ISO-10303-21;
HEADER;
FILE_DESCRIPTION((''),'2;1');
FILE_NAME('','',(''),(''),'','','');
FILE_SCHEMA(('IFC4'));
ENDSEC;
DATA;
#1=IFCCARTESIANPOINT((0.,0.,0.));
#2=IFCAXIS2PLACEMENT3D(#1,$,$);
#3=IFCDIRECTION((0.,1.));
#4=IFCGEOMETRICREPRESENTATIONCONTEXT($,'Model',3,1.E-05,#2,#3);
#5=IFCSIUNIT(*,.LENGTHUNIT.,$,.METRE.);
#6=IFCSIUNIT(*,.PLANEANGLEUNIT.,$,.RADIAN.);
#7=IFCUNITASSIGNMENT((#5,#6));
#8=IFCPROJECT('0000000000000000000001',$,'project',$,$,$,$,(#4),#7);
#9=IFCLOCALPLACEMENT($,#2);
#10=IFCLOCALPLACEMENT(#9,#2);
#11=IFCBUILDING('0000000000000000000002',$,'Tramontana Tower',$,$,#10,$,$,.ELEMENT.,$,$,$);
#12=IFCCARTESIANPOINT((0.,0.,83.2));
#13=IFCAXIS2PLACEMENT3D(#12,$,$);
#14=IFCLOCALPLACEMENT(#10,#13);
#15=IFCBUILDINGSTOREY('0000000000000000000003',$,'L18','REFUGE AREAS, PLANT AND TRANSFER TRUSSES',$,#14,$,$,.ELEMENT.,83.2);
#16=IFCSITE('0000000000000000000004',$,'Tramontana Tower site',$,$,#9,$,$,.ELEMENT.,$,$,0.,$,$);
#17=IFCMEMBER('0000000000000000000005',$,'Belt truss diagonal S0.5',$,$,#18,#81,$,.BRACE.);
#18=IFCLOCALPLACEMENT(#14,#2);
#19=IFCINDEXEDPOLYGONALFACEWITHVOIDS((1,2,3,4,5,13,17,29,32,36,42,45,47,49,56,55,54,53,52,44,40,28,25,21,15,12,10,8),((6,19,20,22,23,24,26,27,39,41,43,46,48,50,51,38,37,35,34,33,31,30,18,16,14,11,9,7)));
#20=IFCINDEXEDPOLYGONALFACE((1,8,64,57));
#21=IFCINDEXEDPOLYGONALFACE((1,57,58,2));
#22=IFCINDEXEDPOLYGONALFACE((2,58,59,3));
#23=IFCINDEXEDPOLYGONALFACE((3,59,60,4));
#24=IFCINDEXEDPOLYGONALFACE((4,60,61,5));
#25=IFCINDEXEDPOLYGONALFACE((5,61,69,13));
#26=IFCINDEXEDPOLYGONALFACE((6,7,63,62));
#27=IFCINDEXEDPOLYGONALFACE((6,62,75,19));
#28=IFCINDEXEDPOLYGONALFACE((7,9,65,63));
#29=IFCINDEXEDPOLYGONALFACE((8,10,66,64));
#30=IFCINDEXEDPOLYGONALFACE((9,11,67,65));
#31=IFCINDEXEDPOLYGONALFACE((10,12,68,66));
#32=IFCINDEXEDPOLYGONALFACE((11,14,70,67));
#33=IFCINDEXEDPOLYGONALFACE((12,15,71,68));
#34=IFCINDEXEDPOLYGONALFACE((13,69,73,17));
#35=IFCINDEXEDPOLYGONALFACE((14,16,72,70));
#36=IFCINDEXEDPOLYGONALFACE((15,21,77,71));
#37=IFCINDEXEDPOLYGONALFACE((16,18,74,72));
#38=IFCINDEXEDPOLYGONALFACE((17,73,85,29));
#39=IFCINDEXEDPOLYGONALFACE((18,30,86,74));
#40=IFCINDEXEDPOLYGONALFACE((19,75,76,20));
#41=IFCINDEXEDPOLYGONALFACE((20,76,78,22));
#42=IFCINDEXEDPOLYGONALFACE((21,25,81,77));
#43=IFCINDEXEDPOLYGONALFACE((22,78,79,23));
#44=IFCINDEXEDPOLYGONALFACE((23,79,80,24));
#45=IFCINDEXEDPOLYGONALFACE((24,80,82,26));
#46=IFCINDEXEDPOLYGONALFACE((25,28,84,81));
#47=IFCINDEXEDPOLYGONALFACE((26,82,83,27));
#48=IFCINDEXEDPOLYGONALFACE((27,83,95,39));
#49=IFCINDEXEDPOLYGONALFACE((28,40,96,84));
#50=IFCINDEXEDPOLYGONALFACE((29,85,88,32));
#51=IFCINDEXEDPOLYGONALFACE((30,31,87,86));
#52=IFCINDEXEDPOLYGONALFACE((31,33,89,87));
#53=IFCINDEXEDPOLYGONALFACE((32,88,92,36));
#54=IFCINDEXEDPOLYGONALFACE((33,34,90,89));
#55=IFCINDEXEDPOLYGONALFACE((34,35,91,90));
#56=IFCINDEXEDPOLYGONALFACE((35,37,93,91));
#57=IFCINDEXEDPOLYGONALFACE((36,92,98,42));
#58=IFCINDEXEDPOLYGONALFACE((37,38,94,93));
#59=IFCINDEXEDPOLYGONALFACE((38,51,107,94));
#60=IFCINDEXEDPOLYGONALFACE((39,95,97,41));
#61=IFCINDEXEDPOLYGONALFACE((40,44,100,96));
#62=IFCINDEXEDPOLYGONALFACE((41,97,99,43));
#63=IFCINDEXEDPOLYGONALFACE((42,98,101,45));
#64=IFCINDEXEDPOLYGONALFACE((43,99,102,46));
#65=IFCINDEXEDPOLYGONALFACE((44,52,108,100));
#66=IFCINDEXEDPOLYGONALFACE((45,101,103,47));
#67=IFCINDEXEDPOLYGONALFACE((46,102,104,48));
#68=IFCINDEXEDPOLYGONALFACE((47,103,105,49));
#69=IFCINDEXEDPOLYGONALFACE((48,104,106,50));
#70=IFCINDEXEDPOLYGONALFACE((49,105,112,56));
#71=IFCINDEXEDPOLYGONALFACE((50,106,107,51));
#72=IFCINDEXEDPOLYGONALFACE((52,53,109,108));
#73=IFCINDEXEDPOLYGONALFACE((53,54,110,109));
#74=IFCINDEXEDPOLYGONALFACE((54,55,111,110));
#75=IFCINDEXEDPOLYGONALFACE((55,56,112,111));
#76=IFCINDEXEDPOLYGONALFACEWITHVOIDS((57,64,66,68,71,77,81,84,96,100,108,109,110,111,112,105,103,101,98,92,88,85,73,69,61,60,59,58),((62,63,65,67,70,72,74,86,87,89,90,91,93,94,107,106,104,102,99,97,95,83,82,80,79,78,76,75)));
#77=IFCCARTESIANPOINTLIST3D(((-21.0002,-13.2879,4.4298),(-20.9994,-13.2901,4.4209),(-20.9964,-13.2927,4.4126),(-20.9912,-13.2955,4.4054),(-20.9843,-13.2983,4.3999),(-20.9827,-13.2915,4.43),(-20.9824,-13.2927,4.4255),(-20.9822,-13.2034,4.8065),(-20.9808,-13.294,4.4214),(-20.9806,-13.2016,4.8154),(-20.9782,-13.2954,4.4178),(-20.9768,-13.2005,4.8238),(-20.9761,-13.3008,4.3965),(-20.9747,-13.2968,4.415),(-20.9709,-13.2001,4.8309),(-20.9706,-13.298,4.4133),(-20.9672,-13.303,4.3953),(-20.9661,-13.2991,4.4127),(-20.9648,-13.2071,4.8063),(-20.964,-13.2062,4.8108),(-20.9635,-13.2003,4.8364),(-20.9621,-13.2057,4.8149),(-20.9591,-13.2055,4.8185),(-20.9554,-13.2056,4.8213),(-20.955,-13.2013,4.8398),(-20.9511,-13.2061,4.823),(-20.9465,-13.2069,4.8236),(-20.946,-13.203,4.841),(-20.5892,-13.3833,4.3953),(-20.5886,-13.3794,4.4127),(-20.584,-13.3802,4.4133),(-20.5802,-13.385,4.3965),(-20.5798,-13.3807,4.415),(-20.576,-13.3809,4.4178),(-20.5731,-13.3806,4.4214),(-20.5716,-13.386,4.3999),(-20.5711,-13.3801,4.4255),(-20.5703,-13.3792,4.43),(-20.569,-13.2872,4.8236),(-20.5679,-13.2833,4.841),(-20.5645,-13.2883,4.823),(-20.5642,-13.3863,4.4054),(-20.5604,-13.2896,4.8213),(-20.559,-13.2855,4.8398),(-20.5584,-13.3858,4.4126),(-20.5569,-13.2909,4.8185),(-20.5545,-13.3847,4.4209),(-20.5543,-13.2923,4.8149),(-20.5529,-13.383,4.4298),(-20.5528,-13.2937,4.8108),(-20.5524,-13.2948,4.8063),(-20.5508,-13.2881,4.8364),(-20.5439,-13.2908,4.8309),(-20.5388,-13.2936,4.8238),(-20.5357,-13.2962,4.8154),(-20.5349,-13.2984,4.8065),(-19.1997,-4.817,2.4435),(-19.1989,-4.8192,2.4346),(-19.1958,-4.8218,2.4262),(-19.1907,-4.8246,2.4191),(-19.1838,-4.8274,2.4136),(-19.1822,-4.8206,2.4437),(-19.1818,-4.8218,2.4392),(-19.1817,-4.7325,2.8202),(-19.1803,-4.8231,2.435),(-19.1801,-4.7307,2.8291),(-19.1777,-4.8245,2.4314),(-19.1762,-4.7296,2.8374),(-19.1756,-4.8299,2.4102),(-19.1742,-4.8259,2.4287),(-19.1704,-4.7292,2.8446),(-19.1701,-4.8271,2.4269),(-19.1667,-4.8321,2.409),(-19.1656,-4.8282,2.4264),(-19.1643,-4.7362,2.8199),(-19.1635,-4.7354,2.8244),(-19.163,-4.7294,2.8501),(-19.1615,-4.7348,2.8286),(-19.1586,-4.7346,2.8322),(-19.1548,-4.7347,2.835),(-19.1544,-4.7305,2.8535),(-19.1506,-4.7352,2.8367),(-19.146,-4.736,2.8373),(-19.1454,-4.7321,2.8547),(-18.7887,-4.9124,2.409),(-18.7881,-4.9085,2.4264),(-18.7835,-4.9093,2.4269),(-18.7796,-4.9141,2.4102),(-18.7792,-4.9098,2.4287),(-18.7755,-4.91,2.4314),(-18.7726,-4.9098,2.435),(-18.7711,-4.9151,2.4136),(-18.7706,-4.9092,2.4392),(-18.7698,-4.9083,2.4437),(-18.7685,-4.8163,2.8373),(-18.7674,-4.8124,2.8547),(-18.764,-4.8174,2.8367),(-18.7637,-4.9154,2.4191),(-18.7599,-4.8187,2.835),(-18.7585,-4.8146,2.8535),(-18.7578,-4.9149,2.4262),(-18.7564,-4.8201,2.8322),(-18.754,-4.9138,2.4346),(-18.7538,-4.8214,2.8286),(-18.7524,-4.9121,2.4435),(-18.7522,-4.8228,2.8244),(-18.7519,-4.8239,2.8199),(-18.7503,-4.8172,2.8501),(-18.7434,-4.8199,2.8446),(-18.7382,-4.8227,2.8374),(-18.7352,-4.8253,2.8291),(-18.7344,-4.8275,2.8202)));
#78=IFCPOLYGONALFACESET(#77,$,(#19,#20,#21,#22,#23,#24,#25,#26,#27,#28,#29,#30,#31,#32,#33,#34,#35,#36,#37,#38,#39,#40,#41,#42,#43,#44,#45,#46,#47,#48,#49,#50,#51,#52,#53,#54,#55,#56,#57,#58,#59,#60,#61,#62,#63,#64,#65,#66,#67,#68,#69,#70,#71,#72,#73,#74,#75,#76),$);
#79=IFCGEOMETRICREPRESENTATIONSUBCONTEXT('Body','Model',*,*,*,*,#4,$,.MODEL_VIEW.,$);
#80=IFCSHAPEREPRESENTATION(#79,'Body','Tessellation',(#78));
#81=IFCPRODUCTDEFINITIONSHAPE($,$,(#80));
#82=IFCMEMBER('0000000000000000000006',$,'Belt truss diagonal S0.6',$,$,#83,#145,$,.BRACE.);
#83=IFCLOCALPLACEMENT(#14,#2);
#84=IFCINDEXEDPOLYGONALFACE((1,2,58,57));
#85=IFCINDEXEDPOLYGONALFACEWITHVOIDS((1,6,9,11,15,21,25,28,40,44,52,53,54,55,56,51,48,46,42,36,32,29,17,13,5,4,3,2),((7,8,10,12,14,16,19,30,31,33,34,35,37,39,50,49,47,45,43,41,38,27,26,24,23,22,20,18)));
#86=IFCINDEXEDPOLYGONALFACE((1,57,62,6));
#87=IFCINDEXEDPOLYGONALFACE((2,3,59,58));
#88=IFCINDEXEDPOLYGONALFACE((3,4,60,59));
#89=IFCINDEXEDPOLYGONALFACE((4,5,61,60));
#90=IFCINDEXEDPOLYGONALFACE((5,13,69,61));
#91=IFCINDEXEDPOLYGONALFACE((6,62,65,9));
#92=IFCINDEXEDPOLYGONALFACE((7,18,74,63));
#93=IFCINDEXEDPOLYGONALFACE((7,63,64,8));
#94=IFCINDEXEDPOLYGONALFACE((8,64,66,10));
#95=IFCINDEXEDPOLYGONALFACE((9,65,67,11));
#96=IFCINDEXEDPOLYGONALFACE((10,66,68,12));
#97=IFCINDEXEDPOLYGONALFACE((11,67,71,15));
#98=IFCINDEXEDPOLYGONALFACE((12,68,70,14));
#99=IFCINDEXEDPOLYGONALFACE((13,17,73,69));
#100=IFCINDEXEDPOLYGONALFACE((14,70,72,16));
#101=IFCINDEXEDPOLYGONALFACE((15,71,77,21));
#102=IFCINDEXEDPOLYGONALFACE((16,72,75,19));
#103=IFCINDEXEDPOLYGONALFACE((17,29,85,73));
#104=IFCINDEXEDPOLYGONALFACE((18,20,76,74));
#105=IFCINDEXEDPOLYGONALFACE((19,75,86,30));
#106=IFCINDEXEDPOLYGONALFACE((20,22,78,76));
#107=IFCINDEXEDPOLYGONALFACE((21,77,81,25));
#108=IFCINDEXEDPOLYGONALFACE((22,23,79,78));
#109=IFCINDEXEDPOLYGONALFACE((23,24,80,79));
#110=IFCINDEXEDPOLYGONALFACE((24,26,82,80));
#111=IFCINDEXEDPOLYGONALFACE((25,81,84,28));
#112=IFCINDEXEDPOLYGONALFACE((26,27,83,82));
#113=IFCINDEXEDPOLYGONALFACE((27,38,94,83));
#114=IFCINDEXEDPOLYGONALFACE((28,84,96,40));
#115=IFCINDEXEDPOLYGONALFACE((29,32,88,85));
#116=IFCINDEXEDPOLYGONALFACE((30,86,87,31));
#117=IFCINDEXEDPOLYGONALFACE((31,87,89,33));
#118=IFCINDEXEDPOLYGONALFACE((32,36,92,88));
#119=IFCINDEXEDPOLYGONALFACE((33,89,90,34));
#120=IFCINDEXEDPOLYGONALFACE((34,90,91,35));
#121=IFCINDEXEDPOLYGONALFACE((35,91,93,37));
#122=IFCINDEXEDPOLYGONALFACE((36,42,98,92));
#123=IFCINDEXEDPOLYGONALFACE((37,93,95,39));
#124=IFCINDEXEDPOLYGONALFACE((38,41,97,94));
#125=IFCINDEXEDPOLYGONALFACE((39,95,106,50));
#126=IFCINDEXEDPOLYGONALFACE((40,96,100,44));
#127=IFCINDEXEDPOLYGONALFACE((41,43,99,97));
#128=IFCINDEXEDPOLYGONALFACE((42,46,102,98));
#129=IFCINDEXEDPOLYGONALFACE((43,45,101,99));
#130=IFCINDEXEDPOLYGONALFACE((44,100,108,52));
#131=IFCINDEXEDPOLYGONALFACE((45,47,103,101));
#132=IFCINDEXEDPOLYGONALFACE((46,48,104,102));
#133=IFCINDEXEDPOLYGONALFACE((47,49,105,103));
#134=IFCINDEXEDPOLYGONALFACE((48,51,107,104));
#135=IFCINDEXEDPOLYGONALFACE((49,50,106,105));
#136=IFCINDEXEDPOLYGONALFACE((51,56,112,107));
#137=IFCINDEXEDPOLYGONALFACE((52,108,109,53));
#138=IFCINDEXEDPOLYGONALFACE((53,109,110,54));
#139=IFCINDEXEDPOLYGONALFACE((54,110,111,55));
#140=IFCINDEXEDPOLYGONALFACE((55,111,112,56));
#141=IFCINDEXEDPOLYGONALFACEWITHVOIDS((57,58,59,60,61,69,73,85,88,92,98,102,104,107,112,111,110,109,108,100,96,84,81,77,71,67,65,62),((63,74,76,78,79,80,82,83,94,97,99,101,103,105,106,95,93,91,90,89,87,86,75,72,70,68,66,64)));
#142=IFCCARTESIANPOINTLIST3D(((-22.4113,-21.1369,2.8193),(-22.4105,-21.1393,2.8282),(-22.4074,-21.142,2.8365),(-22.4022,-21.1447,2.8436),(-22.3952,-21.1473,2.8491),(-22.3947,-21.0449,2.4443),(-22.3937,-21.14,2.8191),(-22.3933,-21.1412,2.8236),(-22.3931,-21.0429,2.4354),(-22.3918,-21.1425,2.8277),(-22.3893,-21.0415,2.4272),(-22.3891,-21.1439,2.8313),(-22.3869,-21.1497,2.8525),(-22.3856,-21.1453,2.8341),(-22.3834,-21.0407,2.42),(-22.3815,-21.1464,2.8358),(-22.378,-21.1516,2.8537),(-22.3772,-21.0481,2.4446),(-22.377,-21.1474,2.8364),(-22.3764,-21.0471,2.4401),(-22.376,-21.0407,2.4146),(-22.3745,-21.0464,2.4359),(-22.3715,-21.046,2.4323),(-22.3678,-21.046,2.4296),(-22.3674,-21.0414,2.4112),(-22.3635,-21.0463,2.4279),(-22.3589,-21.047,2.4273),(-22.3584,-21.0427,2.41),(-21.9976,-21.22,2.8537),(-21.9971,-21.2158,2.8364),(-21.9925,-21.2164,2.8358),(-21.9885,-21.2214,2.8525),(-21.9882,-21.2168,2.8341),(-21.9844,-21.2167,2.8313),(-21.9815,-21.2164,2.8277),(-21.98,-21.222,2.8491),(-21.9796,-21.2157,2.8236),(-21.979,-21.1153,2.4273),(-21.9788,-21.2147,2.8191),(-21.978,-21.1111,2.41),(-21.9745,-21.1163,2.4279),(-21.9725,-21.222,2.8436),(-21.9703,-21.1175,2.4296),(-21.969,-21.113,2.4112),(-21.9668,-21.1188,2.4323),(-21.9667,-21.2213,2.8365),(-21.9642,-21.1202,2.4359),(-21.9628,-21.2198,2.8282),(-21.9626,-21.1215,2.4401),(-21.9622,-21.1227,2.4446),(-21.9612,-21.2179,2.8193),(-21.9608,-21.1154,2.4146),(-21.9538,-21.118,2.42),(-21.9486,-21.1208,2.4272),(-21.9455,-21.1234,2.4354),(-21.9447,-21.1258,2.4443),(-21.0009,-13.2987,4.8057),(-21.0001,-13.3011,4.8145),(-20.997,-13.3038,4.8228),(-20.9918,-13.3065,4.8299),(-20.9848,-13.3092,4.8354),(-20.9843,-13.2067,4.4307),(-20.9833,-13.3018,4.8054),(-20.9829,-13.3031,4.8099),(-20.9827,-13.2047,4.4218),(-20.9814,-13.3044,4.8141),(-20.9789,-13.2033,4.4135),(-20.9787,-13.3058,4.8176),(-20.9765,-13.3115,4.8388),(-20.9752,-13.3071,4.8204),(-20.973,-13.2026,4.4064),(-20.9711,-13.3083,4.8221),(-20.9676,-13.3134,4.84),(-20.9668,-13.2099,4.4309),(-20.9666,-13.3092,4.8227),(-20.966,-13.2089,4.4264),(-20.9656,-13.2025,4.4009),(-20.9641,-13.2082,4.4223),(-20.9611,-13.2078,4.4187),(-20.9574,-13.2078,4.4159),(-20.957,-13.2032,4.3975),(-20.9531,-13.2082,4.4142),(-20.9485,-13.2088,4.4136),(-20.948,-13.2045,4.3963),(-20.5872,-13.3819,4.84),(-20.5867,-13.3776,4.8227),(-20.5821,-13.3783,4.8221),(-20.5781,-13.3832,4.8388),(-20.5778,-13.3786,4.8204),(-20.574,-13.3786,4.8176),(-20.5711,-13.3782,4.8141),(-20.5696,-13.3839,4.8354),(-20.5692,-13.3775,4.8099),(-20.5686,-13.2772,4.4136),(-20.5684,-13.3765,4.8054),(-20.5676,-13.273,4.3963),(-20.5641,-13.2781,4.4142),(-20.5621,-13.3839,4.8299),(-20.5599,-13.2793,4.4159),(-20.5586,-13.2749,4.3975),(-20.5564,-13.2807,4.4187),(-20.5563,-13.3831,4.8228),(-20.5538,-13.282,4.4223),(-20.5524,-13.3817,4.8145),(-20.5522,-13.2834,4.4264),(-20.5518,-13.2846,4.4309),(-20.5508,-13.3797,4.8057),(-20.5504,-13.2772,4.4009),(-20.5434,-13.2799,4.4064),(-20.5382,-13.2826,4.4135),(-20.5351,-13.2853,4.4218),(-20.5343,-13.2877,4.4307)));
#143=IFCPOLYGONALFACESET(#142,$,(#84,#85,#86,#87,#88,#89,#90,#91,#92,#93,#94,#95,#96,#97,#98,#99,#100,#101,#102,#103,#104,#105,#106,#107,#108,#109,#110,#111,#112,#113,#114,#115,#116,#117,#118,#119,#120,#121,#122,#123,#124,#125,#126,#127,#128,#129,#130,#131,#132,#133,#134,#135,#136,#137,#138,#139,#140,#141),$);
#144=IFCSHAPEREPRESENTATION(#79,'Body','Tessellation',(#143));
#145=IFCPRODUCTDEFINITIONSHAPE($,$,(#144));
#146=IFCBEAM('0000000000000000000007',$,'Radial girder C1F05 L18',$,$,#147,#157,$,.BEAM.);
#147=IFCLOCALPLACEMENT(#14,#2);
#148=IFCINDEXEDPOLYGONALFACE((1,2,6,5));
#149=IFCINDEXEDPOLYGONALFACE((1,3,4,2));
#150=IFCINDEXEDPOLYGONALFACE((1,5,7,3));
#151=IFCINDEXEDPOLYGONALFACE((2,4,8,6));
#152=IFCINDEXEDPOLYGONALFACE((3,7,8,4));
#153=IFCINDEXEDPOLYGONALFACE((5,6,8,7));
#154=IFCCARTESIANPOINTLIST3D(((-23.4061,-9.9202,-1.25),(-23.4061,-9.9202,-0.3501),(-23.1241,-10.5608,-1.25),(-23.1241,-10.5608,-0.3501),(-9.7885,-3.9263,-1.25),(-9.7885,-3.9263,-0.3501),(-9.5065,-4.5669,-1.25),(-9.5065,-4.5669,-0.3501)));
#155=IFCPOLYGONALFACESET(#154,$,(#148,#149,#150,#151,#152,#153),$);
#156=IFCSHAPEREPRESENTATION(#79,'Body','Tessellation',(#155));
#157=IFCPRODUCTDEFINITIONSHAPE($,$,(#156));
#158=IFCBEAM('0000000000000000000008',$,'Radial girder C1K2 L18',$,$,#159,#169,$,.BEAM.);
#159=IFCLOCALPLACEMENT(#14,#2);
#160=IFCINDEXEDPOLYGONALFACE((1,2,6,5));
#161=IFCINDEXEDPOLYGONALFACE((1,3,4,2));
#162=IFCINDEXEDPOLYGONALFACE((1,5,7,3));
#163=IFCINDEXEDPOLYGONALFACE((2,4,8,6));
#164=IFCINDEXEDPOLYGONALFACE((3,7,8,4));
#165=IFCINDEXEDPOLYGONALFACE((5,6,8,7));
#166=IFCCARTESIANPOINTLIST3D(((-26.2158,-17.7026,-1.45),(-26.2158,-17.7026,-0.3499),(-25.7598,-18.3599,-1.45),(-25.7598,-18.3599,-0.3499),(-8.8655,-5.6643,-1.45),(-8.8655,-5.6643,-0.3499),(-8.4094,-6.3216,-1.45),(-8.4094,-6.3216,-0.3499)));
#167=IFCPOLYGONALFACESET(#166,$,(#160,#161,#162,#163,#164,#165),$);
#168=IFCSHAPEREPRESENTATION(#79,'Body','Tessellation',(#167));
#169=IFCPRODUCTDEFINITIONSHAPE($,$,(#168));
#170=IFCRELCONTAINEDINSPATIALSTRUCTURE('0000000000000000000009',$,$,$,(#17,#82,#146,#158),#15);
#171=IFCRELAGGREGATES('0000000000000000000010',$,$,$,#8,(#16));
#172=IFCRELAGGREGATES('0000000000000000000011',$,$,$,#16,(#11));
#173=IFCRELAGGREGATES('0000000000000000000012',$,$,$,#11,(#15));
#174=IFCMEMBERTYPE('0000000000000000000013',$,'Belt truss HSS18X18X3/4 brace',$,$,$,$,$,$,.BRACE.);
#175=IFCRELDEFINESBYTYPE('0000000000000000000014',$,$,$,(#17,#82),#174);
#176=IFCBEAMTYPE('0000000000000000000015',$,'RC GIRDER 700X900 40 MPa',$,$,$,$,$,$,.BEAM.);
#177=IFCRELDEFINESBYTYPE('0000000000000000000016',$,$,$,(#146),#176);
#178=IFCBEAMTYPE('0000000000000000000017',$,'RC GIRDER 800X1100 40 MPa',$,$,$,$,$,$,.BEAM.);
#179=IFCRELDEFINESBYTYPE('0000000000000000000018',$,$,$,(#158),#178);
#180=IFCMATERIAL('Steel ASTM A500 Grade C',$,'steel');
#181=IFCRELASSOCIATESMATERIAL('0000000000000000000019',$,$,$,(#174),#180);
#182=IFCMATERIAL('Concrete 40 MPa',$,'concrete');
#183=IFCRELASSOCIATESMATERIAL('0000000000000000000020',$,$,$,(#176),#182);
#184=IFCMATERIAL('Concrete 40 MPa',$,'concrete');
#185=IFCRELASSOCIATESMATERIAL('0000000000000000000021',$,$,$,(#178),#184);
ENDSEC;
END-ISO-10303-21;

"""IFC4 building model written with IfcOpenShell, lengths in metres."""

from ifc_helpers import new_model, si_unit, direction, frame, origin, origin_2d, place, context, subcontext, project, spatial, rectangle, hollow_rectangle, extrude, material, material_profile, profile_set, type_object, element, save


model = new_model("IFC4")

# Units and contexts
model_context = context("Model", 3, precision=1e-05, world=origin(), true_north=direction((0.0, 1.0)))
body_context = subcontext(model_context, "Body", "Model", "MODEL_VIEW")
ifc_project = project(units=[si_unit("LENGTHUNIT", "METRE"), si_unit("PLANEANGLEUNIT", "RADIAN")], contexts=[model_context])

# Site, building, storey
site_placement = place(None, origin())
site = spatial("IfcSite", under=ifc_project, at=site_placement, Name="Tramontana Tower site", CompositionType="ELEMENT", RefElevation=0.0)
building_placement = place(site_placement, origin())
building = spatial("IfcBuilding", under=site, at=building_placement, Name="Tramontana Tower", CompositionType="ELEMENT")
storey_placement = place(building_placement, frame((0.0, 0.0, 83.2)))
storey = spatial("IfcBuildingStorey", under=building, at=storey_placement, Name="L18", Description="REFUGE AREAS, PLANT AND TRANSFER TRUSSES", CompositionType="ELEMENT", Elevation=83.2)

# Members
ifc_material_1 = material(Name="Steel ASTM A500 Grade C", Category="steel")
ifc_material_profile_1 = material_profile(ifc_material_1, hollow_rectangle(XDim=0.4573, YDim=0.4573, WallThickness=0.0178, InnerFilletRadius=0.0178, OuterFilletRadius=0.0354, at=origin_2d()), Name="HSS18X18X3/4")
ifc_profile_set_1 = profile_set([ifc_material_profile_1], Name="Steel ASTM A500 Grade C")
member_type_1 = type_object("IfcMemberType", Name="Belt truss HSS18X18X3/4 brace", PredefinedType="BRACE", material=ifc_profile_set_1)
member_1_placement = place(storey_placement, frame((-18.967, -4.8223, 2.6318), z_axis=(-0.202648, -0.953392, 0.223558), x_axis=(0.978148, -0.20791, 0.0)))
element("IfcMember", 1, at=member_1_placement, inside=storey, type_object=member_type_1, Name="Belt truss diagonal S0.5", PredefinedType="BRACE", context=body_context, shape_type="SweptSolid", body=[
    extrude(hollow_rectangle(XDim=0.4573, YDim=0.4573, WallThickness=0.0178, InnerFilletRadius=0.0178, OuterFilletRadius=0.0354, at=origin_2d()), origin(), (0.0, 0.0, 1.0), 8.885),
])
member_2_placement = place(storey_placement, frame((-20.7676, -13.2932, 4.6182), z_axis=(-0.171833, -0.95494, -0.241999), x_axis=(0.984193, -0.177097, 0.0)))
element("IfcMember", 2, at=member_2_placement, inside=storey, type_object=member_type_1, Name="Belt truss diagonal S0.6", PredefinedType="BRACE", context=body_context, shape_type="SweptSolid", body=[
    extrude(hollow_rectangle(XDim=0.4573, YDim=0.4573, WallThickness=0.0178, InnerFilletRadius=0.0178, OuterFilletRadius=0.0354, at=origin_2d()), origin(), (0.0, 0.0, 1.0), 8.208),
])

# Beams
ifc_material_2 = material(Name="Concrete 40 MPa", Category="concrete")
ifc_material_profile_2 = material_profile(ifc_material_2, rectangle(XDim=0.7, YDim=0.8999, at=origin_2d()), Name="RC GIRDER 700X900 40 MPa")
ifc_profile_set_2 = profile_set([ifc_material_profile_2], Name="Concrete 40 MPa")
beam_type_1 = type_object("IfcBeamType", Name="RC GIRDER 700X900 40 MPa", PredefinedType="BEAM", material=ifc_profile_set_2)
beam_1_placement = place(storey_placement, frame((-23.2651, -10.2405, -0.8), z_axis=(0.915263, 0.402858, 0.0), x_axis=(-0.402858, 0.915263, 0.0)))
element("IfcBeam", 3, at=beam_1_placement, inside=storey, type_object=beam_type_1, Name="Radial girder C1F05 L18", PredefinedType="BEAM", context=body_context, shape_type="SweptSolid", body=[
    extrude(rectangle(XDim=0.7, YDim=0.8999, at=origin_2d()), origin(), (0.0, 0.0, 1.0), 14.8784),
])
ifc_material_3 = material(Name="Concrete 40 MPa", Category="concrete")
ifc_material_profile_3 = material_profile(ifc_material_3, rectangle(XDim=0.8, YDim=1.1001, at=origin_2d()), Name="RC GIRDER 800X1100 40 MPa")
ifc_profile_set_3 = profile_set([ifc_material_profile_3], Name="Concrete 40 MPa")
beam_type_2 = type_object("IfcBeamType", Name="RC GIRDER 800X1100 40 MPa", PredefinedType="BEAM", material=ifc_profile_set_3)
beam_2_placement = place(storey_placement, frame((-25.9878, -18.0312, -0.8999), z_axis=(0.821603, 0.57006, 0.0), x_axis=(-0.57006, 0.821603, 0.0)))
element("IfcBeam", 4, at=beam_2_placement, inside=storey, type_object=beam_type_2, Name="Radial girder C1K2 L18", PredefinedType="BEAM", context=body_context, shape_type="SweptSolid", body=[
    extrude(rectangle(XDim=0.8, YDim=1.1001, at=origin_2d()), origin(), (0.0, 0.0, 1.0), 21.1177),
])

save(model, "model.ifc")
